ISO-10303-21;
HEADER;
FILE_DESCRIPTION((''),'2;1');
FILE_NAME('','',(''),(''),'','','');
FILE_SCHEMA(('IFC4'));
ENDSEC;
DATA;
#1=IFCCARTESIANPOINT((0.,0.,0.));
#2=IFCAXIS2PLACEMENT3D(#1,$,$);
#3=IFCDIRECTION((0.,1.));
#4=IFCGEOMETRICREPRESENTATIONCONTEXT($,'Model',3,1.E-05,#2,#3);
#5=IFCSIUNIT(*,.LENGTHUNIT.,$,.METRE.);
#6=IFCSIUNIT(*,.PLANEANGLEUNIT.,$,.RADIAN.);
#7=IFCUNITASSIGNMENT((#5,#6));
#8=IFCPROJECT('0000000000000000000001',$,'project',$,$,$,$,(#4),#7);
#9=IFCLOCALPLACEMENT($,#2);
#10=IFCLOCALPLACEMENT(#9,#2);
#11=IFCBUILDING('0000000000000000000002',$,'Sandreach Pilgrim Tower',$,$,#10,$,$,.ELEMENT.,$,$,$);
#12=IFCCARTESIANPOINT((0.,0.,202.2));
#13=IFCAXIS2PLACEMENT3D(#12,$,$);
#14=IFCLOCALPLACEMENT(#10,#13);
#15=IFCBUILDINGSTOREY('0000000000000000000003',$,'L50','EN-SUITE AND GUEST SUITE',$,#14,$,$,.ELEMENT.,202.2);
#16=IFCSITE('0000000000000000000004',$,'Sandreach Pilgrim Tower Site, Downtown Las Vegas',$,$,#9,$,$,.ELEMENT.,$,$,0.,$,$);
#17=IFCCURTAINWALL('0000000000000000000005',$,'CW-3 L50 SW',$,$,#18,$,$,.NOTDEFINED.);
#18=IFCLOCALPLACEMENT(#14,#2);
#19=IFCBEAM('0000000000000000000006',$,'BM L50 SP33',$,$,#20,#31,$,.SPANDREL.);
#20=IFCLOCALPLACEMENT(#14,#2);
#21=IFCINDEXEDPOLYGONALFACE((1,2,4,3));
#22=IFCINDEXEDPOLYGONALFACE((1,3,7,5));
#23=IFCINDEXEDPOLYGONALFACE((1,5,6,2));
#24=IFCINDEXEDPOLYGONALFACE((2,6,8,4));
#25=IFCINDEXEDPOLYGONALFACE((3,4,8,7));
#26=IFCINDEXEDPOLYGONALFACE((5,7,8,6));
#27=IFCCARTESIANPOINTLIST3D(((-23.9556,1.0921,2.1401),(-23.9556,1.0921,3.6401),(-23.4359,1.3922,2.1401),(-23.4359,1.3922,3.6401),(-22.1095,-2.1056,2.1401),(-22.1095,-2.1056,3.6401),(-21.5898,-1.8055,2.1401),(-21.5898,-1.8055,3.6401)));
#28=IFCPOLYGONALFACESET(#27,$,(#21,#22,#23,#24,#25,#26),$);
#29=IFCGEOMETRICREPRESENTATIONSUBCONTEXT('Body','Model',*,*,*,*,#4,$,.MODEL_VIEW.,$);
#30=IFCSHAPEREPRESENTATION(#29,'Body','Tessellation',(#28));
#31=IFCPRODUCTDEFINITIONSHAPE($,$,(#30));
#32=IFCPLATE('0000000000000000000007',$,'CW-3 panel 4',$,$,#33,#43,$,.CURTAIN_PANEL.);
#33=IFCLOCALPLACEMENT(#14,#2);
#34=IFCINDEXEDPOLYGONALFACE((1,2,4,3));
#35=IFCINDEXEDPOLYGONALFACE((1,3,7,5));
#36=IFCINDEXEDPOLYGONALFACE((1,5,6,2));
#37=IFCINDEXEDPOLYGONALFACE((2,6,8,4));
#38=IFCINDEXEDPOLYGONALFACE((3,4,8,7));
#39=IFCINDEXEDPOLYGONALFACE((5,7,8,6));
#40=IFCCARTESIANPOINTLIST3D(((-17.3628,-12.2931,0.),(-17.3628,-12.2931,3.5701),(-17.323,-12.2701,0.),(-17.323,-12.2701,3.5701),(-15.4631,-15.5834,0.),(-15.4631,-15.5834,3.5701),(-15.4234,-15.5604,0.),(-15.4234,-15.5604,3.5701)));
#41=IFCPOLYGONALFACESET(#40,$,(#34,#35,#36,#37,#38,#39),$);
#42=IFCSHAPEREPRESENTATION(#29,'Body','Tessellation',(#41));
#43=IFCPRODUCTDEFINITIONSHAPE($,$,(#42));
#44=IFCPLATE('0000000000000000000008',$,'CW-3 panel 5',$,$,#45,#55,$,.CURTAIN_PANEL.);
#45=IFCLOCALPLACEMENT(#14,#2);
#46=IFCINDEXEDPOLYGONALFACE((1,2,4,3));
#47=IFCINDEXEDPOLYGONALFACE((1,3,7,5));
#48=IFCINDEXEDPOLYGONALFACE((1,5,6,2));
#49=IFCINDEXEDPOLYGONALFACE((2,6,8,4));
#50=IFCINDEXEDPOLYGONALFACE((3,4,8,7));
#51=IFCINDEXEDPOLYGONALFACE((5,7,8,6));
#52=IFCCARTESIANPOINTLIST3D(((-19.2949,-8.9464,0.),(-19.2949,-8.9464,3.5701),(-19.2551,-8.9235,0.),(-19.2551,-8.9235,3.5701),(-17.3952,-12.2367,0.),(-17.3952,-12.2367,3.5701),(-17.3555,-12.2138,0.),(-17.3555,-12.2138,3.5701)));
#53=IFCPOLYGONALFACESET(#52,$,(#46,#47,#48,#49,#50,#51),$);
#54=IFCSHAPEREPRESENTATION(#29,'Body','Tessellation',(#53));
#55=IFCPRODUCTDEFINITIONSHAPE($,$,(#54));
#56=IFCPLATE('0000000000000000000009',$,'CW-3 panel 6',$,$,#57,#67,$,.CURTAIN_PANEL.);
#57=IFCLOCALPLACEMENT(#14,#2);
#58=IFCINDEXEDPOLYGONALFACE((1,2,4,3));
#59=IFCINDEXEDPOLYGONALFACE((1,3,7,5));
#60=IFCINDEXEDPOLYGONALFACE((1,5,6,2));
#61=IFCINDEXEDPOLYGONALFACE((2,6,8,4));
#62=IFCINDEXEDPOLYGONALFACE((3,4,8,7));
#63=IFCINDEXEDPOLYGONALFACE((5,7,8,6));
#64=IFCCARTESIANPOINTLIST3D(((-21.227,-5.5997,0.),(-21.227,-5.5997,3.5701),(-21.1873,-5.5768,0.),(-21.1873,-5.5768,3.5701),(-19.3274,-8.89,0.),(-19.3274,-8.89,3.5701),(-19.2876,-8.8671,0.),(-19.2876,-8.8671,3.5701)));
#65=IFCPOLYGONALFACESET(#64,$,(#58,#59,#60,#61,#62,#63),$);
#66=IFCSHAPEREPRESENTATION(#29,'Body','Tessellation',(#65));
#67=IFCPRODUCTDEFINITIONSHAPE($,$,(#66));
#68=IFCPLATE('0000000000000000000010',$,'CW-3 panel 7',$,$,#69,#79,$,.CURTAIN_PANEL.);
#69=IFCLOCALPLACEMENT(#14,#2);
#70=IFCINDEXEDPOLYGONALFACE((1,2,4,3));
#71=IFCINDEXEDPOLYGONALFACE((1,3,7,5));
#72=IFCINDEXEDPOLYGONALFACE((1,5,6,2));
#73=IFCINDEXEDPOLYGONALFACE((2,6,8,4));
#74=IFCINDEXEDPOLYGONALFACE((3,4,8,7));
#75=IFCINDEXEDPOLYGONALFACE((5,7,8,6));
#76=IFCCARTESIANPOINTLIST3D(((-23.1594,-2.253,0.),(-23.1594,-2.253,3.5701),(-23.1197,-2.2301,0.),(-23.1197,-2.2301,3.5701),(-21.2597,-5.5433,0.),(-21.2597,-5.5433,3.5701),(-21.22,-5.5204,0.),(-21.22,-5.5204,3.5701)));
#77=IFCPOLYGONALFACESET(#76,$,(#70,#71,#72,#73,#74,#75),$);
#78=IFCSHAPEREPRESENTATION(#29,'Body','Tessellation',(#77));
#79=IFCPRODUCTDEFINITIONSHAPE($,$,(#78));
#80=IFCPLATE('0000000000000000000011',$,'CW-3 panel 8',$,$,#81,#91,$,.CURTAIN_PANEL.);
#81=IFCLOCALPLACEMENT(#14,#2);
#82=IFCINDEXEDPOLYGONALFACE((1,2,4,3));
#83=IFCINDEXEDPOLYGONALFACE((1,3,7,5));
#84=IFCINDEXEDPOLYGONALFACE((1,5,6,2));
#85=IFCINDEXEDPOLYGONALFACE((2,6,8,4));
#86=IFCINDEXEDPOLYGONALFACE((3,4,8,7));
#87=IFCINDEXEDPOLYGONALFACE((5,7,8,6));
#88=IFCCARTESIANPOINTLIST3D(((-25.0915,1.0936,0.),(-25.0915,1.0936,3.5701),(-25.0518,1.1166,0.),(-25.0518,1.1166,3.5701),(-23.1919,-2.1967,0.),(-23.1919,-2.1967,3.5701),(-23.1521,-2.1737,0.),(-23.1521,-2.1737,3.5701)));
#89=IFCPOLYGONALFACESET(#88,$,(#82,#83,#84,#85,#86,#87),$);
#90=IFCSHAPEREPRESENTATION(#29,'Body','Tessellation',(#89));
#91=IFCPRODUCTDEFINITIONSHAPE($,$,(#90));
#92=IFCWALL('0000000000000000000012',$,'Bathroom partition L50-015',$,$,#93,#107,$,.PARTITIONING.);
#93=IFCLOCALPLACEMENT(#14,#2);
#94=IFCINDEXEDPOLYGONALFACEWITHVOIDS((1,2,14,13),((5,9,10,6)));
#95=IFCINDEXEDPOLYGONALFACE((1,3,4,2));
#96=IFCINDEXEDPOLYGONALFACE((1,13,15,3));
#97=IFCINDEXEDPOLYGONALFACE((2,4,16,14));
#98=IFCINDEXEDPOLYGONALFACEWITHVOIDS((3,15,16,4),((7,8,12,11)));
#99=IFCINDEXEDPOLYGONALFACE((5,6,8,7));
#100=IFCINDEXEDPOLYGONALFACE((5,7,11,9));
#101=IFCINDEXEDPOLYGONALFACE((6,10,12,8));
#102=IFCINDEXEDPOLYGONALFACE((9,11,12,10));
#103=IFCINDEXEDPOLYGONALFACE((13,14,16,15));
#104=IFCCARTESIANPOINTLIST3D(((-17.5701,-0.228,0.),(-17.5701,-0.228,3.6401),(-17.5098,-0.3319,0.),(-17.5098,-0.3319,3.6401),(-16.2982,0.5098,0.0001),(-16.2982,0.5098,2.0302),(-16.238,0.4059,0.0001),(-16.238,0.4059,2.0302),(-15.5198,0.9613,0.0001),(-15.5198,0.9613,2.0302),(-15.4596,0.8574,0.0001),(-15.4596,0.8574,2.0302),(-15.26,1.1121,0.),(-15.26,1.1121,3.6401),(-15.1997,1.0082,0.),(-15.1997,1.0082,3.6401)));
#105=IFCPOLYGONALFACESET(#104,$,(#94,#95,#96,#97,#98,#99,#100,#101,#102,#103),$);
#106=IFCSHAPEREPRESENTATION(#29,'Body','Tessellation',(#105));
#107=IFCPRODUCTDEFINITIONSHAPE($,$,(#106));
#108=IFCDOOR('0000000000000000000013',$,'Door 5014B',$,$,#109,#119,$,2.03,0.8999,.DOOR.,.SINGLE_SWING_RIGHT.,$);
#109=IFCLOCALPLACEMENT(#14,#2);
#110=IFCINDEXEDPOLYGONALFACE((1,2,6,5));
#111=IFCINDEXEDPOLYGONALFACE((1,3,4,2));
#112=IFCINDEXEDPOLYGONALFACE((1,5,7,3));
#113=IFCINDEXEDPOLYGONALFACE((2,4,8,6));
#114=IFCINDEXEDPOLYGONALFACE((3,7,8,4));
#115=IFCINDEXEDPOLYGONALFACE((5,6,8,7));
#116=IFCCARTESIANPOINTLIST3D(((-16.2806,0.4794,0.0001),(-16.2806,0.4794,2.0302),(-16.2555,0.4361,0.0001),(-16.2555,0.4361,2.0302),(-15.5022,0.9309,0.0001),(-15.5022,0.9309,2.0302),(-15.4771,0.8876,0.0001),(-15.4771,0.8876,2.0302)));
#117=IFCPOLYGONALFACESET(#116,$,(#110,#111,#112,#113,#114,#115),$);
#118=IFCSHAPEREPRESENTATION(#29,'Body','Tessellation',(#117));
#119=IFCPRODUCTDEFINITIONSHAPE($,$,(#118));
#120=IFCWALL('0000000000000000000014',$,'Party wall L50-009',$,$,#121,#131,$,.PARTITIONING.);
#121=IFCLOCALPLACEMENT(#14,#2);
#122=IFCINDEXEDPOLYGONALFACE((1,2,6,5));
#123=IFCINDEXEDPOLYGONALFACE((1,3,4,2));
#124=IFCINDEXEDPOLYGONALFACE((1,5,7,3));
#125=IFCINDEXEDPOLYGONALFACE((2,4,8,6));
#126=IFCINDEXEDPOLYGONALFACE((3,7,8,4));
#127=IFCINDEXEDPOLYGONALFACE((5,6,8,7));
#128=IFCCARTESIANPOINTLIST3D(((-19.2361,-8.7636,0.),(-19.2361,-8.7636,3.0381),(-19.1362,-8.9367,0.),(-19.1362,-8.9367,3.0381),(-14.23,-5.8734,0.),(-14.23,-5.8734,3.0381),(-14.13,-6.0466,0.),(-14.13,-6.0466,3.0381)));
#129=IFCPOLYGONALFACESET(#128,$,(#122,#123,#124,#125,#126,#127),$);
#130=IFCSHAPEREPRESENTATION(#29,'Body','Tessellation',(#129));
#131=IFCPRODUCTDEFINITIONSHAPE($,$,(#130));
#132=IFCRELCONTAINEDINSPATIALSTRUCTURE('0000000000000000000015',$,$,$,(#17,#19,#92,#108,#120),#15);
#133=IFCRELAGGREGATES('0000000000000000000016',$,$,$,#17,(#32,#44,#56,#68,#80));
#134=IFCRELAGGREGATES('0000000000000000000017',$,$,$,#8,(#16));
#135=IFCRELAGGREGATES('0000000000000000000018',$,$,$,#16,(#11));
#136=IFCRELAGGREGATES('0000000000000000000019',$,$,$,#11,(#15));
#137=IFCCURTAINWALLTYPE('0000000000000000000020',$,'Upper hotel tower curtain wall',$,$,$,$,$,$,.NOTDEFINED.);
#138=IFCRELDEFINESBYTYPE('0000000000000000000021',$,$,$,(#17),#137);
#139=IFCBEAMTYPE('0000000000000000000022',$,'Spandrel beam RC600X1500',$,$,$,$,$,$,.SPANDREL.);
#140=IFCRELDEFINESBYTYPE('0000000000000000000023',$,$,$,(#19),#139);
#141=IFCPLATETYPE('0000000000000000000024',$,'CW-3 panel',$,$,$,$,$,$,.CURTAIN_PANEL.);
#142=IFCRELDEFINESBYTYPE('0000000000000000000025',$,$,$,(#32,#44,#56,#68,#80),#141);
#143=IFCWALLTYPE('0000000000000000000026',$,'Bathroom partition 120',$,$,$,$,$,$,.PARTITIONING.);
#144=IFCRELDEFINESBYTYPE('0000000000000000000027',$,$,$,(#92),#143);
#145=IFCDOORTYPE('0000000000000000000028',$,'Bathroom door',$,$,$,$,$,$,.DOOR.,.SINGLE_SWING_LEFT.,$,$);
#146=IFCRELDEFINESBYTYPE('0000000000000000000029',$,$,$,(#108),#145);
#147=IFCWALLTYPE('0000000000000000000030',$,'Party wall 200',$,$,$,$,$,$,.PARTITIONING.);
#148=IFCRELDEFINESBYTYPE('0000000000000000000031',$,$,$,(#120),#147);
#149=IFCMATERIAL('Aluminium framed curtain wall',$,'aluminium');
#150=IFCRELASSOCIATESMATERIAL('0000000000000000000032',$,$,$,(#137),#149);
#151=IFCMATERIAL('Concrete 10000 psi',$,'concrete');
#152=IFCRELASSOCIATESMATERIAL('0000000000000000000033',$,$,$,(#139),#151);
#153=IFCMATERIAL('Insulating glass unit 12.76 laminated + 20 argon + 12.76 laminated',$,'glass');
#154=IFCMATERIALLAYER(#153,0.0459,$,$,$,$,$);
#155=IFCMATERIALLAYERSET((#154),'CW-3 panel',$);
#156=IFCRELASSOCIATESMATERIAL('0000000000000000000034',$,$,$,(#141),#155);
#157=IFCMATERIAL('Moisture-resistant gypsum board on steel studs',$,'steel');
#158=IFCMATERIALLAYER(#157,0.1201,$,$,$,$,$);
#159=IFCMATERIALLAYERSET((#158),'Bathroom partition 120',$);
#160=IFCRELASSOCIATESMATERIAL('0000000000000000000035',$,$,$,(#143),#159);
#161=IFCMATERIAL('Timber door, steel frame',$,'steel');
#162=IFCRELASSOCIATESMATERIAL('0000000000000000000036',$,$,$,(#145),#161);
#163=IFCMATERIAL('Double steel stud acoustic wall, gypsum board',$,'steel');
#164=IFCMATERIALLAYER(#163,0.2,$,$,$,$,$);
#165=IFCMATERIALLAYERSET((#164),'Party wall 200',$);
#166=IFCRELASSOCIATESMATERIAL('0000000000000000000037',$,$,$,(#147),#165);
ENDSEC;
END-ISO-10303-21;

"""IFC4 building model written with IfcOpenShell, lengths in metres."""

from ifc_helpers import new_model, si_unit, direction, frame, frame_2d, origin, origin_2d, place, context, subcontext, project, spatial, rectangle, extrude, material, layer, layer_set, material_profile, profile_set, type_object, element, fill, aggregate, save


model = new_model("IFC4")

# Units and contexts
model_context = context("Model", 3, precision=1e-05, world=origin(), true_north=direction((0.0, 1.0)))
body_context = subcontext(model_context, "Body", "Model", "MODEL_VIEW")
ifc_project = project(units=[si_unit("LENGTHUNIT", "METRE"), si_unit("PLANEANGLEUNIT", "RADIAN")], contexts=[model_context])

# Site, building, storey
site_placement = place(None, origin())
site = spatial("IfcSite", under=ifc_project, at=site_placement, Name="Sandreach Pilgrim Tower Site, Downtown Las Vegas", CompositionType="ELEMENT", RefElevation=0.0)
building_placement = place(site_placement, origin())
building = spatial("IfcBuilding", under=site, at=building_placement, Name="Sandreach Pilgrim Tower", CompositionType="ELEMENT")
storey_placement = place(building_placement, frame((0.0, 0.0, 202.2)))
storey = spatial("IfcBuildingStorey", under=building, at=storey_placement, Name="L50", Description="EN-SUITE AND GUEST SUITE", CompositionType="ELEMENT", Elevation=202.2)

# Curtain wall
ifc_material_1 = material(Name="Aluminium framed curtain wall", Category="aluminium")
curtain_wall_type = type_object("IfcCurtainWallType", Name="Upper hotel tower curtain wall", PredefinedType="NOTDEFINED", material=ifc_material_1)
curtain_wall_placement = place(storey_placement, origin())
curtain_wall = element("IfcCurtainWall", 1, at=curtain_wall_placement, inside=storey, type_object=curtain_wall_type, Name="CW-3 L50 SW", PredefinedType="NOTDEFINED")

# Beam
ifc_material_2 = material(Name="Concrete 10000 psi", Category="concrete")
ifc_material_profile_1 = material_profile(ifc_material_2, rectangle(XDim=0.6001, YDim=1.5, at=origin_2d()), Name="RC600X1500")
ifc_profile_set_1 = profile_set([ifc_material_profile_1], Name="Concrete 10000 psi")
beam_type_1 = type_object("IfcBeamType", Name="Spandrel beam RC600X1500", PredefinedType="SPANDREL", material=ifc_profile_set_1)
for number, where, z_axis, x_axis, name in (
    (2, (-21.8496, -1.9556, 2.8901), (-0.499993, 0.866029, 0.0), (-0.866029, -0.499993, 0.0), "BM L50 SP33"),
):
    element("IfcBeam", number, at=place(storey_placement, frame(where, z_axis=z_axis, x_axis=x_axis)), inside=storey, type_object=beam_type_1, Name=name, PredefinedType="SPANDREL", context=body_context, shape_type="SweptSolid", body=[
        extrude(rectangle(XDim=0.6001, YDim=1.5, at=origin_2d()), origin(), (0.0, 0.0, 1.0), 3.6924),
    ])

# Plates
ifc_material_3 = material(Name="Insulating glass unit 12.76 laminated + 20 argon + 12.76 laminated", Category="glass")
ifc_layer_1 = layer(ifc_material_3, 0.0459)
ifc_layer_set_1 = layer_set([ifc_layer_1], Name="CW-3 panel")
plate_type = type_object("IfcPlateType", Name="CW-3 panel", PredefinedType="CURTAIN_PANEL", material=ifc_layer_set_1)
plate_1_placement = place(storey_placement, frame((-16.3931, -13.9268, 0.0), z_axis=(0.0, 0.0, 1.0), x_axis=(-0.5, 0.866025, 0.0)))
plate_1 = element("IfcPlate", 3, at=plate_1_placement, type_object=plate_type, Name="CW-3 panel 4", PredefinedType="CURTAIN_PANEL", context=body_context, shape_type="SweptSolid", body=[
    extrude(rectangle(XDim=3.7993, YDim=0.0459, at=origin_2d()), origin(), (0.0, 0.0, 1.0), 3.5701),
])
plate_2_placement = place(storey_placement, frame((-18.3252, -10.5801, 0.0), z_axis=(0.0, 0.0, 1.0), x_axis=(-0.5, 0.866025, 0.0)))
plate_2 = element("IfcPlate", 4, at=plate_2_placement, type_object=plate_type, Name="CW-3 panel 5", PredefinedType="CURTAIN_PANEL", context=body_context, shape_type="SweptSolid", body=[
    extrude(rectangle(XDim=3.7993, YDim=0.0459, at=origin_2d()), origin(), (0.0, 0.0, 1.0), 3.5701),
])
plate_3_placement = place(storey_placement, frame((-20.2573, -7.2334, 0.0), z_axis=(0.0, 0.0, 1.0), x_axis=(-0.5, 0.866025, 0.0)))
plate_3 = element("IfcPlate", 5, at=plate_3_placement, type_object=plate_type, Name="CW-3 panel 6", PredefinedType="CURTAIN_PANEL", context=body_context, shape_type="SweptSolid", body=[
    extrude(rectangle(XDim=3.7993, YDim=0.0459, at=origin_2d()), origin(), (0.0, 0.0, 1.0), 3.5701),
])
plate_4_placement = place(storey_placement, frame((-22.1897, -3.8867, 0.0), z_axis=(0.0, 0.0, 1.0), x_axis=(-0.5, 0.866025, 0.0)))
plate_4 = element("IfcPlate", 6, at=plate_4_placement, type_object=plate_type, Name="CW-3 panel 7", PredefinedType="CURTAIN_PANEL", context=body_context, shape_type="SweptSolid", body=[
    extrude(rectangle(XDim=3.7993, YDim=0.0459, at=origin_2d()), origin(), (0.0, 0.0, 1.0), 3.5701),
])
plate_5_placement = place(storey_placement, frame((-24.1218, -0.54, 0.0), z_axis=(0.0, 0.0, 1.0), x_axis=(-0.5, 0.866025, 0.0)))
plate_5 = element("IfcPlate", 7, at=plate_5_placement, type_object=plate_type, Name="CW-3 panel 8", PredefinedType="CURTAIN_PANEL", context=body_context, shape_type="SweptSolid", body=[
    extrude(rectangle(XDim=3.7993, YDim=0.0459, at=origin_2d()), origin(), (0.0, 0.0, 1.0), 3.5701),
])
aggregate(curtain_wall, [plate_1, plate_2, plate_3, plate_4, plate_5])

# Wall, opening, door
ifc_material_4 = material(Name="Moisture-resistant gypsum board on steel studs", Category="steel")
ifc_layer_2 = layer(ifc_material_4, 0.1201)
ifc_layer_set_2 = layer_set([ifc_layer_2], Name="Bathroom partition 120")
wall_type_1 = type_object("IfcWallType", Name="Bathroom partition 120", PredefinedType="PARTITIONING", material=ifc_layer_set_2)
wall_1_placement = place(storey_placement, frame((-17.54, -0.28, 0.0), z_axis=(0.0, 0.0, 1.0), x_axis=(0.86499, 0.501789, 0.0)))
wall_1 = element("IfcWall", 8, at=wall_1_placement, inside=storey, type_object=wall_type_1, Name="Bathroom partition L50-015", PredefinedType="PARTITIONING", context=body_context, shape_type="SweptSolid", body=[
    extrude(rectangle(XDim=2.6707, YDim=0.1201, at=frame_2d((1.3354, 0.0))), origin(), (0.0, 0.0, 1.0), 3.6401),
])
opening_placement = place(wall_1_placement, frame((1.4705, 0.0, 0.0)))
opening = element("IfcOpeningElement", 9, at=opening_placement, cuts=wall_1, PredefinedType="OPENING", context=body_context, shape_type="SweptSolid", body=[
    extrude(rectangle(XDim=0.8999, YDim=2.03, at=frame_2d((0.45, 1.0151))), frame((0.0, 0.0601, 0.0), z_axis=(0.0, -1.0, 0.0), x_axis=(1.0, 0.0, 0.0)), (0.0, 0.0, 1.0), 0.1201),
])
ifc_material_5 = material(Name="Timber door, steel frame", Category="steel")
door_type = type_object("IfcDoorType", Name="Bathroom door", OperationType="SINGLE_SWING_LEFT", PredefinedType="DOOR", material=ifc_material_5)
door_placement = place(opening_placement, origin())
door = element("IfcDoor", 10, at=door_placement, inside=storey, type_object=door_type, Name="Door 5014B", OperationType="SINGLE_SWING_RIGHT", OverallHeight=2.03, OverallWidth=0.8999, PredefinedType="DOOR", context=body_context, shape_type="SweptSolid", body=[
    extrude(rectangle(XDim=0.8999, YDim=2.03, at=frame_2d((0.45, 1.0151))), frame((0.0, 0.0249, 0.0), z_axis=(0.0, -1.0, 0.0), x_axis=(1.0, 0.0, 0.0)), (0.0, 0.0, 1.0), 0.05),
])
fill(opening, door)

# Wall
ifc_material_6 = material(Name="Double steel stud acoustic wall, gypsum board", Category="steel")
ifc_layer_3 = layer(ifc_material_6, 0.2)
ifc_layer_set_3 = layer_set([ifc_layer_3], Name="Party wall 200")
wall_type_2 = type_object("IfcWallType", Name="Party wall 200", PredefinedType="PARTITIONING", material=ifc_layer_set_3)
wall_2_placement = place(storey_placement, frame((-19.186, -8.8501, 0.0), z_axis=(0.0, 0.0, 1.0), x_axis=(0.866036, 0.499982, 0.0)))
element("IfcWall", 11, at=wall_2_placement, inside=storey, type_object=wall_type_2, Name="Party wall L50-009", PredefinedType="PARTITIONING", context=body_context, shape_type="SweptSolid", body=[
    extrude(rectangle(XDim=5.7805, YDim=0.2, at=frame_2d((2.8901, 0.0))), origin(), (0.0, 0.0, 1.0), 3.0381),
])

save(model, "model.ifc")
